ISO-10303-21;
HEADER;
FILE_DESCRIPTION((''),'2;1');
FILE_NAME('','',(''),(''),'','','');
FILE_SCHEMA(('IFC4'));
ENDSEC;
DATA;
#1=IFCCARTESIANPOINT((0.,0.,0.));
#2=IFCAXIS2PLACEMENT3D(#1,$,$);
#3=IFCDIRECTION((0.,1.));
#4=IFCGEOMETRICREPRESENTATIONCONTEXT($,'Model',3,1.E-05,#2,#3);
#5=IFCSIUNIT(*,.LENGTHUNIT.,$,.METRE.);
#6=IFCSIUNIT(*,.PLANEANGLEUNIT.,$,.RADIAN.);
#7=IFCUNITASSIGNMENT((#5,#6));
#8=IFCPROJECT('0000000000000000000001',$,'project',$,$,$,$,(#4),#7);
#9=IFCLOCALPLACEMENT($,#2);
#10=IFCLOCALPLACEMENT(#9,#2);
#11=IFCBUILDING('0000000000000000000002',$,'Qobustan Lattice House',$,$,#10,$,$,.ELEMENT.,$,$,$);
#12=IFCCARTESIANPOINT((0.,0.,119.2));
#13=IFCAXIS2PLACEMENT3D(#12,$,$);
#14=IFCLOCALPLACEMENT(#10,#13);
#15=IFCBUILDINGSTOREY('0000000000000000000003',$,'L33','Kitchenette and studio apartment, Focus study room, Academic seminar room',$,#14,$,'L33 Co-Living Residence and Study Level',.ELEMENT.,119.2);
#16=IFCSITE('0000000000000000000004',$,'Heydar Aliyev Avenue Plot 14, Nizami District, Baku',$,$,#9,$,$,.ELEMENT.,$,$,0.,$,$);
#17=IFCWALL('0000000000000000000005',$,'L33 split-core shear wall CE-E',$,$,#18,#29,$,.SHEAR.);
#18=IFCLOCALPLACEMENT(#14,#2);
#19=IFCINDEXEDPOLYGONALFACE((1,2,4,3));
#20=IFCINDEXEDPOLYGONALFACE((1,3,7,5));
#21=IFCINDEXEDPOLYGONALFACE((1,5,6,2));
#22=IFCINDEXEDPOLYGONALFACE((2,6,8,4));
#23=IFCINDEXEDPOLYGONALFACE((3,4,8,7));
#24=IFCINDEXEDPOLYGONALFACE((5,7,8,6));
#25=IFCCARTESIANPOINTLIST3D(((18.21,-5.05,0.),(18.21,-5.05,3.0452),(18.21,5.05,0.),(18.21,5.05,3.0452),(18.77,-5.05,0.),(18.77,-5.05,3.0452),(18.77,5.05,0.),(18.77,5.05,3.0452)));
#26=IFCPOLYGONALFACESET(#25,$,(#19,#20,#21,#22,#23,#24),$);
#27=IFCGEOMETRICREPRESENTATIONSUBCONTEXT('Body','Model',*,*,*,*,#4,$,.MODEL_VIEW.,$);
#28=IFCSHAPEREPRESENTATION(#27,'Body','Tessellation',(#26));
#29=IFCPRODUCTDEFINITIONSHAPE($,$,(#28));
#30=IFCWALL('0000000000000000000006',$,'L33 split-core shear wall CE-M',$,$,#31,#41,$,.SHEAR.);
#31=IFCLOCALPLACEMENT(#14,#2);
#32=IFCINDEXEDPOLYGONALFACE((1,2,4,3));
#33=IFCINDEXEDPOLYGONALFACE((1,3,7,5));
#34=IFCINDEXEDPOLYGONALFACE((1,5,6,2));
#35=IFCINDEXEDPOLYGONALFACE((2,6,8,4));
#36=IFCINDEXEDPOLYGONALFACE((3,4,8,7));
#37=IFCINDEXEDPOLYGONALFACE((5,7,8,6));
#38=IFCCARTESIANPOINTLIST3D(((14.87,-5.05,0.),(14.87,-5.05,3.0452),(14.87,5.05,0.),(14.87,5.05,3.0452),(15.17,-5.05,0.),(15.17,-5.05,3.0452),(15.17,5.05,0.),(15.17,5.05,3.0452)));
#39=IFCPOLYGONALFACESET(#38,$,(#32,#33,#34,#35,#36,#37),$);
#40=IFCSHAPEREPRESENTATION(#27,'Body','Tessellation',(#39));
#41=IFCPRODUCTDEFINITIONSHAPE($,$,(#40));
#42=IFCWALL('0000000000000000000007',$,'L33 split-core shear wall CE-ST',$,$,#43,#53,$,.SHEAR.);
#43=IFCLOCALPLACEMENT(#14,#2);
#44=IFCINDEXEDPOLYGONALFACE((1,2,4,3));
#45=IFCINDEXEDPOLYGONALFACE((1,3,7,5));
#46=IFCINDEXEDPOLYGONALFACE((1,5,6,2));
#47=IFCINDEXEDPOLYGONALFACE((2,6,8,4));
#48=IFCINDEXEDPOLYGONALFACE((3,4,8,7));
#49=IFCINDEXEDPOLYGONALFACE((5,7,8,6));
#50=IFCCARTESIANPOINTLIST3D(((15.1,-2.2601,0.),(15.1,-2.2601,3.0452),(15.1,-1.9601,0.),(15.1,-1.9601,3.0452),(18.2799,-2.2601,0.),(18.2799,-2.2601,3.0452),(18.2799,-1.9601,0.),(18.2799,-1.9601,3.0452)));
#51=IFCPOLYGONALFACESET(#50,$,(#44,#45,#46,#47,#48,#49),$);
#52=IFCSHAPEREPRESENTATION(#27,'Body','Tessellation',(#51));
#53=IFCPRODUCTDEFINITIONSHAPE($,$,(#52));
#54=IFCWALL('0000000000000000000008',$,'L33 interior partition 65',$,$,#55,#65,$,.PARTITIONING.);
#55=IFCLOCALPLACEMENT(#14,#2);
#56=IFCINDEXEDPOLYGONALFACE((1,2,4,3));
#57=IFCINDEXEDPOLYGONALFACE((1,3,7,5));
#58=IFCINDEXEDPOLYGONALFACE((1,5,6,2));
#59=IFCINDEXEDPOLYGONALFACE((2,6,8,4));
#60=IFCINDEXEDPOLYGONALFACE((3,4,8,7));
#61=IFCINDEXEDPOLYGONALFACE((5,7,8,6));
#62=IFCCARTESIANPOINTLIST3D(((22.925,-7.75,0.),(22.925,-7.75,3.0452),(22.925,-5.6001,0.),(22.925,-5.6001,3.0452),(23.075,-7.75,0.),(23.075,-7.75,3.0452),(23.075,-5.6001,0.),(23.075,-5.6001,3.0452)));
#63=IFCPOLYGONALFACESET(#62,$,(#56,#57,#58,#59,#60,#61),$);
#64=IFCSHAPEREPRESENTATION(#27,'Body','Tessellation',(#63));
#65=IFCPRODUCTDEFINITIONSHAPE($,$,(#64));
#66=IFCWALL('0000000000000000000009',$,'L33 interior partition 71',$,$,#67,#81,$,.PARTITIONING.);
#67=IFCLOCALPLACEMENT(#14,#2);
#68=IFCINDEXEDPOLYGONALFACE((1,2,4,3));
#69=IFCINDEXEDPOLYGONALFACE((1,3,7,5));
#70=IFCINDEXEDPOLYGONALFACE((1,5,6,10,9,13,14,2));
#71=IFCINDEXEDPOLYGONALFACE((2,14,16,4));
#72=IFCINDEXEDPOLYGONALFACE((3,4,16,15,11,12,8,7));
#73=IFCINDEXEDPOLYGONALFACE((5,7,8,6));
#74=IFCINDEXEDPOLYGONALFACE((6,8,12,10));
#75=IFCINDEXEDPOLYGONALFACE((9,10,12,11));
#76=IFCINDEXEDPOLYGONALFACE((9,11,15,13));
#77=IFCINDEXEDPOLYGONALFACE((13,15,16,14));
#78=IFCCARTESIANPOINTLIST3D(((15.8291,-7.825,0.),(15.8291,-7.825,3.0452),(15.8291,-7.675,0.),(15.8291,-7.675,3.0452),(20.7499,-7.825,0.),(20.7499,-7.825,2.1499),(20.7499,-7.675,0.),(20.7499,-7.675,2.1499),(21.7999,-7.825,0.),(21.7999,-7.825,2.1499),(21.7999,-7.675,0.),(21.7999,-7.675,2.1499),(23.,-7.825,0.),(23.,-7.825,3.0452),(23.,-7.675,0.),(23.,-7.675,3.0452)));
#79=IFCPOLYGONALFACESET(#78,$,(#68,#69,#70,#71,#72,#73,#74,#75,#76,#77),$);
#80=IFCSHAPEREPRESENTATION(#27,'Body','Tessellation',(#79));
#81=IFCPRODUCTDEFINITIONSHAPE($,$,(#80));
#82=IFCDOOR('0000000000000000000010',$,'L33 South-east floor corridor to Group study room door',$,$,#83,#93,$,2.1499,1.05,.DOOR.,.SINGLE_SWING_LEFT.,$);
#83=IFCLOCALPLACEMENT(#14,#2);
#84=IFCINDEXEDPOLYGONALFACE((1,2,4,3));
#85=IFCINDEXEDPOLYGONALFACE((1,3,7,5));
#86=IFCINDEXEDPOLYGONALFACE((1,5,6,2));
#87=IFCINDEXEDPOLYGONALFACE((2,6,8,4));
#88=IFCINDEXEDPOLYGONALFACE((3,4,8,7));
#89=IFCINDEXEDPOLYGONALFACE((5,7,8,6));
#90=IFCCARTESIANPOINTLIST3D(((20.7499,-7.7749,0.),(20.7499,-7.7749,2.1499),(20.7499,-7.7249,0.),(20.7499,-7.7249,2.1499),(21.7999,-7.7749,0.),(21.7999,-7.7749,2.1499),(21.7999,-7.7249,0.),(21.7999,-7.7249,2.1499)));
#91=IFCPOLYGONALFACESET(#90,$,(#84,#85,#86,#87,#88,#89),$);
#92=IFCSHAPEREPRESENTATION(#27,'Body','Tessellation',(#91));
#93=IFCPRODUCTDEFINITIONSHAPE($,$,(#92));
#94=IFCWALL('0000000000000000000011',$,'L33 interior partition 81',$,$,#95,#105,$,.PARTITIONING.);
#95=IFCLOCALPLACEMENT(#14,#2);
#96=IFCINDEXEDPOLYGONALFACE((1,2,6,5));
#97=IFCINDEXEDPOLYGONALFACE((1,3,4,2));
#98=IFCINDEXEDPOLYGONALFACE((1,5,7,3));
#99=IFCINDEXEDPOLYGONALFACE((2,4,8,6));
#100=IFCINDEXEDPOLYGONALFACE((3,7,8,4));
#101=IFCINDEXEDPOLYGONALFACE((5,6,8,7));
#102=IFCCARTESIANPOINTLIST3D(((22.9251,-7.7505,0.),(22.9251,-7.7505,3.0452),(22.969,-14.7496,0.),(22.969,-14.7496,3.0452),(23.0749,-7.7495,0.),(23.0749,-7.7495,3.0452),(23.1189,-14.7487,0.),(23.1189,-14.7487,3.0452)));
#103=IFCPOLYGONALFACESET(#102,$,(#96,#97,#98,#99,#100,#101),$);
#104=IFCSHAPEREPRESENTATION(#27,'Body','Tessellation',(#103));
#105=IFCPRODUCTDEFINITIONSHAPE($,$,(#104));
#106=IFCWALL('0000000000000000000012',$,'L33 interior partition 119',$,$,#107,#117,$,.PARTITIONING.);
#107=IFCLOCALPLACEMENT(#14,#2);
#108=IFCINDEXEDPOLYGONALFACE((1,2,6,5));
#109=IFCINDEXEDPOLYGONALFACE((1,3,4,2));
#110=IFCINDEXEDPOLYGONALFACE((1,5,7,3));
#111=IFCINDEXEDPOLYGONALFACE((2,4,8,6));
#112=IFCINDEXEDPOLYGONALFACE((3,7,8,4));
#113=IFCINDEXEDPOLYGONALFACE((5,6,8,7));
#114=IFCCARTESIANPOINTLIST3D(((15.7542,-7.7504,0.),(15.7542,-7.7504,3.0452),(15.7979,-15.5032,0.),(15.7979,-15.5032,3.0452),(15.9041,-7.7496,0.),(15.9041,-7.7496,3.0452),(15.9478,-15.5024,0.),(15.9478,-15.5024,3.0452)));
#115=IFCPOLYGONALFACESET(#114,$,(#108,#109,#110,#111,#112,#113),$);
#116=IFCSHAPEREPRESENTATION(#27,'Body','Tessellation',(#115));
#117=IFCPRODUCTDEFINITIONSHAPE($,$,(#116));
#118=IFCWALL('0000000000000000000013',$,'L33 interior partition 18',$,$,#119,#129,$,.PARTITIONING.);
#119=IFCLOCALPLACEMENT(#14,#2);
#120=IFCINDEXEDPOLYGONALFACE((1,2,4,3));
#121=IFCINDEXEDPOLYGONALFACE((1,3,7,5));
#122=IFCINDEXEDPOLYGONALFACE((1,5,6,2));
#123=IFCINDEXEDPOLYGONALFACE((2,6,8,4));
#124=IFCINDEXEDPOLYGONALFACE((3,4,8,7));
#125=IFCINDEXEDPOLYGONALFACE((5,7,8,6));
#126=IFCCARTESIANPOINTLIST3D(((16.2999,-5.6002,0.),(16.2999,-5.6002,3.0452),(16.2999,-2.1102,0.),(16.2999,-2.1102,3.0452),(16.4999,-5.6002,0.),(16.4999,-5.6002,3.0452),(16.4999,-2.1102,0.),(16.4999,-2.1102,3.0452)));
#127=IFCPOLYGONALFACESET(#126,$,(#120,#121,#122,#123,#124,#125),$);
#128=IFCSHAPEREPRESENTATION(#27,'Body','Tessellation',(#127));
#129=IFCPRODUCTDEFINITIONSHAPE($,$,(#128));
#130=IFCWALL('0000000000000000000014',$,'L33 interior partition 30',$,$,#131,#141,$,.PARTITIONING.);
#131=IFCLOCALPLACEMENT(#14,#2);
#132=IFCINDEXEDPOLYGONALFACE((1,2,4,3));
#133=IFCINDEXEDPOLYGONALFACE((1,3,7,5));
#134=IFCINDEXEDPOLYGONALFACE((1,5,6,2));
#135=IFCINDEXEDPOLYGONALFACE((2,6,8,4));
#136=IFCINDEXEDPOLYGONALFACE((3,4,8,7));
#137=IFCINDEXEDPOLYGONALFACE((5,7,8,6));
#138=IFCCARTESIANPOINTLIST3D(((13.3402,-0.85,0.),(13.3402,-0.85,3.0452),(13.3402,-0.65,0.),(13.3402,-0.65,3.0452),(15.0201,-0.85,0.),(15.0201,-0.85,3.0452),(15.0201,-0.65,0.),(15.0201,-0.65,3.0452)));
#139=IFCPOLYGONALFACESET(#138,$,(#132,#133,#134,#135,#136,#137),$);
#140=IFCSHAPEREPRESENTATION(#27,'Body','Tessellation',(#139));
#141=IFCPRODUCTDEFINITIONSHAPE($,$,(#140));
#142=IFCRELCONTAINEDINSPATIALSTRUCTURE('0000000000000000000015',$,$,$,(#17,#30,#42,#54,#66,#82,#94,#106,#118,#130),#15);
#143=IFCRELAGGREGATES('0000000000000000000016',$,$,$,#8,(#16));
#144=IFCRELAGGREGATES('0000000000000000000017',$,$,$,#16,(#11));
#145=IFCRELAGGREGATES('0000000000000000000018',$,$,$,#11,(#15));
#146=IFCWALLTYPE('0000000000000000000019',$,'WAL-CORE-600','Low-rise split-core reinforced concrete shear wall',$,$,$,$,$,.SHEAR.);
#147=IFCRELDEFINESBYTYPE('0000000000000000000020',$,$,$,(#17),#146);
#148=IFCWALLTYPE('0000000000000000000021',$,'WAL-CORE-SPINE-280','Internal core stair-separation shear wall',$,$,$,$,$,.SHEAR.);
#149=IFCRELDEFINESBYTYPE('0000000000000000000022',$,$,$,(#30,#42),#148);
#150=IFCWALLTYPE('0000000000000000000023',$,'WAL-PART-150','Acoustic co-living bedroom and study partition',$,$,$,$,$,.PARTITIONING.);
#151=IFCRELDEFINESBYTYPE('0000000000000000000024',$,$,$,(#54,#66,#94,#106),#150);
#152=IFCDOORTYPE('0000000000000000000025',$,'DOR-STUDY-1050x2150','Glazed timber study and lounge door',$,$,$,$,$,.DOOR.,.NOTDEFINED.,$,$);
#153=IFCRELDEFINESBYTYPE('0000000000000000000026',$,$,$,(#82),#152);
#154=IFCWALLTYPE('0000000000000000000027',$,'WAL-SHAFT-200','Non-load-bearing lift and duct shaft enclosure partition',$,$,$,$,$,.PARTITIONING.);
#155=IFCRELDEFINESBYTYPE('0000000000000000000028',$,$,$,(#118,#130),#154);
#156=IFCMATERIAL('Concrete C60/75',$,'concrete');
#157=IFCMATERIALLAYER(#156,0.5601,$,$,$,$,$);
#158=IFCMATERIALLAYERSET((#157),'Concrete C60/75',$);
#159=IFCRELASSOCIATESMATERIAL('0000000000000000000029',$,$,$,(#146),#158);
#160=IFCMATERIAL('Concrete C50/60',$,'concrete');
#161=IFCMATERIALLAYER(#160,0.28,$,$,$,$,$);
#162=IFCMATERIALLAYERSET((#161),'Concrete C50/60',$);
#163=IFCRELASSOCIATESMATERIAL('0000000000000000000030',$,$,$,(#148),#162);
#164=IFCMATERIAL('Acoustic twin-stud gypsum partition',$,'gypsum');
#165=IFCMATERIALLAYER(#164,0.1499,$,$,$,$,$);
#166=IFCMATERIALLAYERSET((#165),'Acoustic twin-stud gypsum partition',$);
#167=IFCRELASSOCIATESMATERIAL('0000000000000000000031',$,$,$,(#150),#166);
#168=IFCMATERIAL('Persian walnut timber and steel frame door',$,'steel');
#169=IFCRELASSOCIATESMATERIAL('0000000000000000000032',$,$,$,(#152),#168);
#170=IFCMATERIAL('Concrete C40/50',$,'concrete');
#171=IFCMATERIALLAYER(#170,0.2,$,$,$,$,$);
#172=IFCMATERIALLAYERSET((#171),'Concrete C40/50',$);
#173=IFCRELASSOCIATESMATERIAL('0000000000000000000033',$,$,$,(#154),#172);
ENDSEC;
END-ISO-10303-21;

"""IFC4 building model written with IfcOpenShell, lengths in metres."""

from ifc_helpers import new_model, si_unit, direction, frame, frame_2d, origin, place, context, subcontext, project, spatial, rectangle, extrude, material, layer, layer_set, type_object, element, fill, save


model = new_model("IFC4")

# Units and contexts
model_context = context("Model", 3, precision=1e-05, world=origin(), true_north=direction((0.0, 1.0)))
body_context = subcontext(model_context, "Body", "Model", "MODEL_VIEW")
ifc_project = project(units=[si_unit("LENGTHUNIT", "METRE"), si_unit("PLANEANGLEUNIT", "RADIAN")], contexts=[model_context])

# Site, building, storey
site_placement = place(None, origin())
site = spatial("IfcSite", under=ifc_project, at=site_placement, Name="Heydar Aliyev Avenue Plot 14, Nizami District, Baku", CompositionType="ELEMENT", RefElevation=0.0)
building_placement = place(site_placement, origin())
building = spatial("IfcBuilding", under=site, at=building_placement, Name="Qobustan Lattice House", CompositionType="ELEMENT")
storey_placement = place(building_placement, frame((0.0, 0.0, 119.2)))
storey = spatial("IfcBuildingStorey", under=building, at=storey_placement, Name="L33", Description="Kitchenette and studio apartment, Focus study room, Academic seminar room", LongName="L33 Co-Living Residence and Study Level", CompositionType="ELEMENT", Elevation=119.2)

# Walls
ifc_material_1 = material(Name="Concrete C60/75", Category="concrete")
ifc_layer_1 = layer(ifc_material_1, 0.5601)
ifc_layer_set_1 = layer_set([ifc_layer_1], Name="Concrete C60/75")
wall_type_1 = type_object("IfcWallType", Name="WAL-CORE-600", Description="Low-rise split-core reinforced concrete shear wall", PredefinedType="SHEAR", material=ifc_layer_set_1)
wall_1_placement = place(storey_placement, frame((18.49, -5.05, 0.0), z_axis=(0.0, 0.0, 1.0), x_axis=(0.0, 1.0, 0.0)))
element("IfcWall", 1, at=wall_1_placement, inside=storey, type_object=wall_type_1, Name="L33 split-core shear wall CE-E", PredefinedType="SHEAR", context=body_context, shape_type="SweptSolid", body=[
    extrude(rectangle(XDim=10.1001, YDim=0.5601, at=frame_2d((5.05, 0.0))), origin(), (0.0, 0.0, 1.0), 3.0452),
])
ifc_material_2 = material(Name="Concrete C50/60", Category="concrete")
ifc_layer_2 = layer(ifc_material_2, 0.28)
ifc_layer_set_2 = layer_set([ifc_layer_2], Name="Concrete C50/60")
wall_type_2 = type_object("IfcWallType", Name="WAL-CORE-SPINE-280", Description="Internal core stair-separation shear wall", PredefinedType="SHEAR", material=ifc_layer_set_2)
wall_2_placement = place(storey_placement, frame((15.02, -5.05, 0.0), z_axis=(0.0, 0.0, 1.0), x_axis=(0.0, 1.0, 0.0)))
element("IfcWall", 2, at=wall_2_placement, inside=storey, type_object=wall_type_2, Name="L33 split-core shear wall CE-M", PredefinedType="SHEAR", context=body_context, shape_type="SweptSolid", body=[
    extrude(rectangle(XDim=10.1001, YDim=0.3, at=frame_2d((5.05, 0.0))), origin(), (0.0, 0.0, 1.0), 3.0452),
])
wall_3_placement = place(storey_placement, frame((15.1001, -2.1101, 0.0), z_axis=(0.0, 0.0, 1.0), x_axis=(1.0, 0.0, 0.0)))
element("IfcWall", 3, at=wall_3_placement, inside=storey, type_object=wall_type_2, Name="L33 split-core shear wall CE-ST", PredefinedType="SHEAR", context=body_context, shape_type="SweptSolid", body=[
    extrude(rectangle(XDim=3.1799, YDim=0.3, at=frame_2d((1.5898, 0.0))), origin(), (0.0, 0.0, 1.0), 3.0452),
])

# Shared definitions
ifc_material_3 = material(Name="Acoustic twin-stud gypsum partition", Category="gypsum")
ifc_layer_3 = layer(ifc_material_3, 0.1499)
ifc_layer_set_3 = layer_set([ifc_layer_3], Name="Acoustic twin-stud gypsum partition")
wall_type_3 = type_object("IfcWallType", Name="WAL-PART-150", Description="Acoustic co-living bedroom and study partition", PredefinedType="PARTITIONING", material=ifc_layer_set_3)
ifc_material_4 = material(Name="Persian walnut timber and steel frame door", Category="steel")
door_type_1 = type_object("IfcDoorType", Name="DOR-STUDY-1050x2150", Description="Glazed timber study and lounge door", OperationType="NOTDEFINED", PredefinedType="DOOR", material=ifc_material_4)

# Wall
wall_4_placement = place(storey_placement, frame((23.0, -5.6001, 0.0), z_axis=(0.0, 0.0, 1.0), x_axis=(0.0, -1.0, 0.0)))
element("IfcWall", 4, at=wall_4_placement, inside=storey, type_object=wall_type_3, Name="L33 interior partition 65", PredefinedType="PARTITIONING", context=body_context, shape_type="SweptSolid", body=[
    extrude(rectangle(XDim=2.1499, YDim=0.1499, at=frame_2d((1.075, 0.0))), origin(), (0.0, 0.0, 1.0), 3.0452),
])

# Wall, opening, door
wall_5_placement = place(storey_placement, frame((23.0, -7.75, 0.0), z_axis=(0.0, 0.0, 1.0), x_axis=(-1.0, 0.0, 0.0)))
wall_5 = element("IfcWall", 5, at=wall_5_placement, inside=storey, type_object=wall_type_3, Name="L33 interior partition 71", PredefinedType="PARTITIONING", context=body_context, shape_type="SweptSolid", body=[
    extrude(rectangle(XDim=7.1709, YDim=0.1499, at=frame_2d((3.5854, 0.0))), origin(), (0.0, 0.0, 1.0), 3.0452),
])
opening_1_placement = place(wall_5_placement, frame((1.2002, 0.0, 0.0)))
opening_1 = element("IfcOpeningElement", 6, at=opening_1_placement, cuts=wall_5, PredefinedType="OPENING", context=body_context, shape_type="SweptSolid", body=[
    extrude(rectangle(XDim=1.05, YDim=2.1499, at=frame_2d((0.5249, 1.075))), frame((0.0, 0.085, 0.0), z_axis=(0.0, -1.0, 0.0), x_axis=(1.0, 0.0, 0.0)), (0.0, 0.0, 1.0), 0.1699),
])
door_1_placement = place(opening_1_placement, origin())
door_1 = element("IfcDoor", 7, at=door_1_placement, inside=storey, type_object=door_type_1, Name="L33 South-east floor corridor to Group study room door", OperationType="SINGLE_SWING_LEFT", OverallHeight=2.1499, OverallWidth=1.05, PredefinedType="DOOR", context=body_context, shape_type="SweptSolid", body=[
    extrude(rectangle(XDim=1.05, YDim=2.1499, at=frame_2d((0.5249, 1.075))), frame((0.0, 0.0249, 0.0), z_axis=(0.0, -1.0, 0.0), x_axis=(1.0, 0.0, 0.0)), (0.0, 0.0, 1.0), 0.05),
])
fill(opening_1, door_1)

# Walls
wall_6_placement = place(storey_placement, frame((23.0439, -14.749, 0.0), z_axis=(0.0, 0.0, 1.0), x_axis=(-0.006279, 0.99998, 0.0)))
element("IfcWall", 8, at=wall_6_placement, inside=storey, type_object=wall_type_3, Name="L33 interior partition 81", PredefinedType="PARTITIONING", context=body_context, shape_type="SweptSolid", body=[
    extrude(rectangle(XDim=6.9993, YDim=0.1499, at=frame_2d((3.4995, 0.0))), origin(), (0.0, 0.0, 1.0), 3.0452),
])
wall_7_placement = place(storey_placement, frame((15.8291, -7.75, 0.0), z_axis=(0.0, 0.0, 1.0), x_axis=(0.005637, -0.999984, 0.0)))
element("IfcWall", 9, at=wall_7_placement, inside=storey, type_object=wall_type_3, Name="L33 interior partition 119", PredefinedType="PARTITIONING", context=body_context, shape_type="SweptSolid", body=[
    extrude(rectangle(XDim=7.7529, YDim=0.1499, at=frame_2d((3.8765, 0.0))), origin(), (0.0, 0.0, 1.0), 3.0452),
])
ifc_material_5 = material(Name="Concrete C40/50", Category="concrete")
ifc_layer_4 = layer(ifc_material_5, 0.2)
ifc_layer_set_4 = layer_set([ifc_layer_4], Name="Concrete C40/50")
wall_type_4 = type_object("IfcWallType", Name="WAL-SHAFT-200", Description="Non-load-bearing lift and duct shaft enclosure partition", PredefinedType="PARTITIONING", material=ifc_layer_set_4)
wall_8_placement = place(storey_placement, frame((16.3999, -2.1101, 0.0), z_axis=(0.0, 0.0, 1.0), x_axis=(0.0, -1.0, 0.0)))
element("IfcWall", 10, at=wall_8_placement, inside=storey, type_object=wall_type_4, Name="L33 interior partition 18", PredefinedType="PARTITIONING", context=body_context, shape_type="SweptSolid", body=[
    extrude(rectangle(XDim=3.49, YDim=0.2, at=frame_2d((1.7451, 0.0))), origin(), (0.0, 0.0, 1.0), 3.0452),
])
wall_9_placement = place(storey_placement, frame((15.02, -0.75, 0.0), z_axis=(0.0, 0.0, 1.0), x_axis=(-1.0, 0.0, 0.0)))
element("IfcWall", 11, at=wall_9_placement, inside=storey, type_object=wall_type_4, Name="L33 interior partition 30", PredefinedType="PARTITIONING", context=body_context, shape_type="SweptSolid", body=[
    extrude(rectangle(XDim=1.6799, YDim=0.2, at=frame_2d((0.8398, 0.0))), origin(), (0.0, 0.0, 1.0), 3.0452),
])

save(model, "model.ifc")
